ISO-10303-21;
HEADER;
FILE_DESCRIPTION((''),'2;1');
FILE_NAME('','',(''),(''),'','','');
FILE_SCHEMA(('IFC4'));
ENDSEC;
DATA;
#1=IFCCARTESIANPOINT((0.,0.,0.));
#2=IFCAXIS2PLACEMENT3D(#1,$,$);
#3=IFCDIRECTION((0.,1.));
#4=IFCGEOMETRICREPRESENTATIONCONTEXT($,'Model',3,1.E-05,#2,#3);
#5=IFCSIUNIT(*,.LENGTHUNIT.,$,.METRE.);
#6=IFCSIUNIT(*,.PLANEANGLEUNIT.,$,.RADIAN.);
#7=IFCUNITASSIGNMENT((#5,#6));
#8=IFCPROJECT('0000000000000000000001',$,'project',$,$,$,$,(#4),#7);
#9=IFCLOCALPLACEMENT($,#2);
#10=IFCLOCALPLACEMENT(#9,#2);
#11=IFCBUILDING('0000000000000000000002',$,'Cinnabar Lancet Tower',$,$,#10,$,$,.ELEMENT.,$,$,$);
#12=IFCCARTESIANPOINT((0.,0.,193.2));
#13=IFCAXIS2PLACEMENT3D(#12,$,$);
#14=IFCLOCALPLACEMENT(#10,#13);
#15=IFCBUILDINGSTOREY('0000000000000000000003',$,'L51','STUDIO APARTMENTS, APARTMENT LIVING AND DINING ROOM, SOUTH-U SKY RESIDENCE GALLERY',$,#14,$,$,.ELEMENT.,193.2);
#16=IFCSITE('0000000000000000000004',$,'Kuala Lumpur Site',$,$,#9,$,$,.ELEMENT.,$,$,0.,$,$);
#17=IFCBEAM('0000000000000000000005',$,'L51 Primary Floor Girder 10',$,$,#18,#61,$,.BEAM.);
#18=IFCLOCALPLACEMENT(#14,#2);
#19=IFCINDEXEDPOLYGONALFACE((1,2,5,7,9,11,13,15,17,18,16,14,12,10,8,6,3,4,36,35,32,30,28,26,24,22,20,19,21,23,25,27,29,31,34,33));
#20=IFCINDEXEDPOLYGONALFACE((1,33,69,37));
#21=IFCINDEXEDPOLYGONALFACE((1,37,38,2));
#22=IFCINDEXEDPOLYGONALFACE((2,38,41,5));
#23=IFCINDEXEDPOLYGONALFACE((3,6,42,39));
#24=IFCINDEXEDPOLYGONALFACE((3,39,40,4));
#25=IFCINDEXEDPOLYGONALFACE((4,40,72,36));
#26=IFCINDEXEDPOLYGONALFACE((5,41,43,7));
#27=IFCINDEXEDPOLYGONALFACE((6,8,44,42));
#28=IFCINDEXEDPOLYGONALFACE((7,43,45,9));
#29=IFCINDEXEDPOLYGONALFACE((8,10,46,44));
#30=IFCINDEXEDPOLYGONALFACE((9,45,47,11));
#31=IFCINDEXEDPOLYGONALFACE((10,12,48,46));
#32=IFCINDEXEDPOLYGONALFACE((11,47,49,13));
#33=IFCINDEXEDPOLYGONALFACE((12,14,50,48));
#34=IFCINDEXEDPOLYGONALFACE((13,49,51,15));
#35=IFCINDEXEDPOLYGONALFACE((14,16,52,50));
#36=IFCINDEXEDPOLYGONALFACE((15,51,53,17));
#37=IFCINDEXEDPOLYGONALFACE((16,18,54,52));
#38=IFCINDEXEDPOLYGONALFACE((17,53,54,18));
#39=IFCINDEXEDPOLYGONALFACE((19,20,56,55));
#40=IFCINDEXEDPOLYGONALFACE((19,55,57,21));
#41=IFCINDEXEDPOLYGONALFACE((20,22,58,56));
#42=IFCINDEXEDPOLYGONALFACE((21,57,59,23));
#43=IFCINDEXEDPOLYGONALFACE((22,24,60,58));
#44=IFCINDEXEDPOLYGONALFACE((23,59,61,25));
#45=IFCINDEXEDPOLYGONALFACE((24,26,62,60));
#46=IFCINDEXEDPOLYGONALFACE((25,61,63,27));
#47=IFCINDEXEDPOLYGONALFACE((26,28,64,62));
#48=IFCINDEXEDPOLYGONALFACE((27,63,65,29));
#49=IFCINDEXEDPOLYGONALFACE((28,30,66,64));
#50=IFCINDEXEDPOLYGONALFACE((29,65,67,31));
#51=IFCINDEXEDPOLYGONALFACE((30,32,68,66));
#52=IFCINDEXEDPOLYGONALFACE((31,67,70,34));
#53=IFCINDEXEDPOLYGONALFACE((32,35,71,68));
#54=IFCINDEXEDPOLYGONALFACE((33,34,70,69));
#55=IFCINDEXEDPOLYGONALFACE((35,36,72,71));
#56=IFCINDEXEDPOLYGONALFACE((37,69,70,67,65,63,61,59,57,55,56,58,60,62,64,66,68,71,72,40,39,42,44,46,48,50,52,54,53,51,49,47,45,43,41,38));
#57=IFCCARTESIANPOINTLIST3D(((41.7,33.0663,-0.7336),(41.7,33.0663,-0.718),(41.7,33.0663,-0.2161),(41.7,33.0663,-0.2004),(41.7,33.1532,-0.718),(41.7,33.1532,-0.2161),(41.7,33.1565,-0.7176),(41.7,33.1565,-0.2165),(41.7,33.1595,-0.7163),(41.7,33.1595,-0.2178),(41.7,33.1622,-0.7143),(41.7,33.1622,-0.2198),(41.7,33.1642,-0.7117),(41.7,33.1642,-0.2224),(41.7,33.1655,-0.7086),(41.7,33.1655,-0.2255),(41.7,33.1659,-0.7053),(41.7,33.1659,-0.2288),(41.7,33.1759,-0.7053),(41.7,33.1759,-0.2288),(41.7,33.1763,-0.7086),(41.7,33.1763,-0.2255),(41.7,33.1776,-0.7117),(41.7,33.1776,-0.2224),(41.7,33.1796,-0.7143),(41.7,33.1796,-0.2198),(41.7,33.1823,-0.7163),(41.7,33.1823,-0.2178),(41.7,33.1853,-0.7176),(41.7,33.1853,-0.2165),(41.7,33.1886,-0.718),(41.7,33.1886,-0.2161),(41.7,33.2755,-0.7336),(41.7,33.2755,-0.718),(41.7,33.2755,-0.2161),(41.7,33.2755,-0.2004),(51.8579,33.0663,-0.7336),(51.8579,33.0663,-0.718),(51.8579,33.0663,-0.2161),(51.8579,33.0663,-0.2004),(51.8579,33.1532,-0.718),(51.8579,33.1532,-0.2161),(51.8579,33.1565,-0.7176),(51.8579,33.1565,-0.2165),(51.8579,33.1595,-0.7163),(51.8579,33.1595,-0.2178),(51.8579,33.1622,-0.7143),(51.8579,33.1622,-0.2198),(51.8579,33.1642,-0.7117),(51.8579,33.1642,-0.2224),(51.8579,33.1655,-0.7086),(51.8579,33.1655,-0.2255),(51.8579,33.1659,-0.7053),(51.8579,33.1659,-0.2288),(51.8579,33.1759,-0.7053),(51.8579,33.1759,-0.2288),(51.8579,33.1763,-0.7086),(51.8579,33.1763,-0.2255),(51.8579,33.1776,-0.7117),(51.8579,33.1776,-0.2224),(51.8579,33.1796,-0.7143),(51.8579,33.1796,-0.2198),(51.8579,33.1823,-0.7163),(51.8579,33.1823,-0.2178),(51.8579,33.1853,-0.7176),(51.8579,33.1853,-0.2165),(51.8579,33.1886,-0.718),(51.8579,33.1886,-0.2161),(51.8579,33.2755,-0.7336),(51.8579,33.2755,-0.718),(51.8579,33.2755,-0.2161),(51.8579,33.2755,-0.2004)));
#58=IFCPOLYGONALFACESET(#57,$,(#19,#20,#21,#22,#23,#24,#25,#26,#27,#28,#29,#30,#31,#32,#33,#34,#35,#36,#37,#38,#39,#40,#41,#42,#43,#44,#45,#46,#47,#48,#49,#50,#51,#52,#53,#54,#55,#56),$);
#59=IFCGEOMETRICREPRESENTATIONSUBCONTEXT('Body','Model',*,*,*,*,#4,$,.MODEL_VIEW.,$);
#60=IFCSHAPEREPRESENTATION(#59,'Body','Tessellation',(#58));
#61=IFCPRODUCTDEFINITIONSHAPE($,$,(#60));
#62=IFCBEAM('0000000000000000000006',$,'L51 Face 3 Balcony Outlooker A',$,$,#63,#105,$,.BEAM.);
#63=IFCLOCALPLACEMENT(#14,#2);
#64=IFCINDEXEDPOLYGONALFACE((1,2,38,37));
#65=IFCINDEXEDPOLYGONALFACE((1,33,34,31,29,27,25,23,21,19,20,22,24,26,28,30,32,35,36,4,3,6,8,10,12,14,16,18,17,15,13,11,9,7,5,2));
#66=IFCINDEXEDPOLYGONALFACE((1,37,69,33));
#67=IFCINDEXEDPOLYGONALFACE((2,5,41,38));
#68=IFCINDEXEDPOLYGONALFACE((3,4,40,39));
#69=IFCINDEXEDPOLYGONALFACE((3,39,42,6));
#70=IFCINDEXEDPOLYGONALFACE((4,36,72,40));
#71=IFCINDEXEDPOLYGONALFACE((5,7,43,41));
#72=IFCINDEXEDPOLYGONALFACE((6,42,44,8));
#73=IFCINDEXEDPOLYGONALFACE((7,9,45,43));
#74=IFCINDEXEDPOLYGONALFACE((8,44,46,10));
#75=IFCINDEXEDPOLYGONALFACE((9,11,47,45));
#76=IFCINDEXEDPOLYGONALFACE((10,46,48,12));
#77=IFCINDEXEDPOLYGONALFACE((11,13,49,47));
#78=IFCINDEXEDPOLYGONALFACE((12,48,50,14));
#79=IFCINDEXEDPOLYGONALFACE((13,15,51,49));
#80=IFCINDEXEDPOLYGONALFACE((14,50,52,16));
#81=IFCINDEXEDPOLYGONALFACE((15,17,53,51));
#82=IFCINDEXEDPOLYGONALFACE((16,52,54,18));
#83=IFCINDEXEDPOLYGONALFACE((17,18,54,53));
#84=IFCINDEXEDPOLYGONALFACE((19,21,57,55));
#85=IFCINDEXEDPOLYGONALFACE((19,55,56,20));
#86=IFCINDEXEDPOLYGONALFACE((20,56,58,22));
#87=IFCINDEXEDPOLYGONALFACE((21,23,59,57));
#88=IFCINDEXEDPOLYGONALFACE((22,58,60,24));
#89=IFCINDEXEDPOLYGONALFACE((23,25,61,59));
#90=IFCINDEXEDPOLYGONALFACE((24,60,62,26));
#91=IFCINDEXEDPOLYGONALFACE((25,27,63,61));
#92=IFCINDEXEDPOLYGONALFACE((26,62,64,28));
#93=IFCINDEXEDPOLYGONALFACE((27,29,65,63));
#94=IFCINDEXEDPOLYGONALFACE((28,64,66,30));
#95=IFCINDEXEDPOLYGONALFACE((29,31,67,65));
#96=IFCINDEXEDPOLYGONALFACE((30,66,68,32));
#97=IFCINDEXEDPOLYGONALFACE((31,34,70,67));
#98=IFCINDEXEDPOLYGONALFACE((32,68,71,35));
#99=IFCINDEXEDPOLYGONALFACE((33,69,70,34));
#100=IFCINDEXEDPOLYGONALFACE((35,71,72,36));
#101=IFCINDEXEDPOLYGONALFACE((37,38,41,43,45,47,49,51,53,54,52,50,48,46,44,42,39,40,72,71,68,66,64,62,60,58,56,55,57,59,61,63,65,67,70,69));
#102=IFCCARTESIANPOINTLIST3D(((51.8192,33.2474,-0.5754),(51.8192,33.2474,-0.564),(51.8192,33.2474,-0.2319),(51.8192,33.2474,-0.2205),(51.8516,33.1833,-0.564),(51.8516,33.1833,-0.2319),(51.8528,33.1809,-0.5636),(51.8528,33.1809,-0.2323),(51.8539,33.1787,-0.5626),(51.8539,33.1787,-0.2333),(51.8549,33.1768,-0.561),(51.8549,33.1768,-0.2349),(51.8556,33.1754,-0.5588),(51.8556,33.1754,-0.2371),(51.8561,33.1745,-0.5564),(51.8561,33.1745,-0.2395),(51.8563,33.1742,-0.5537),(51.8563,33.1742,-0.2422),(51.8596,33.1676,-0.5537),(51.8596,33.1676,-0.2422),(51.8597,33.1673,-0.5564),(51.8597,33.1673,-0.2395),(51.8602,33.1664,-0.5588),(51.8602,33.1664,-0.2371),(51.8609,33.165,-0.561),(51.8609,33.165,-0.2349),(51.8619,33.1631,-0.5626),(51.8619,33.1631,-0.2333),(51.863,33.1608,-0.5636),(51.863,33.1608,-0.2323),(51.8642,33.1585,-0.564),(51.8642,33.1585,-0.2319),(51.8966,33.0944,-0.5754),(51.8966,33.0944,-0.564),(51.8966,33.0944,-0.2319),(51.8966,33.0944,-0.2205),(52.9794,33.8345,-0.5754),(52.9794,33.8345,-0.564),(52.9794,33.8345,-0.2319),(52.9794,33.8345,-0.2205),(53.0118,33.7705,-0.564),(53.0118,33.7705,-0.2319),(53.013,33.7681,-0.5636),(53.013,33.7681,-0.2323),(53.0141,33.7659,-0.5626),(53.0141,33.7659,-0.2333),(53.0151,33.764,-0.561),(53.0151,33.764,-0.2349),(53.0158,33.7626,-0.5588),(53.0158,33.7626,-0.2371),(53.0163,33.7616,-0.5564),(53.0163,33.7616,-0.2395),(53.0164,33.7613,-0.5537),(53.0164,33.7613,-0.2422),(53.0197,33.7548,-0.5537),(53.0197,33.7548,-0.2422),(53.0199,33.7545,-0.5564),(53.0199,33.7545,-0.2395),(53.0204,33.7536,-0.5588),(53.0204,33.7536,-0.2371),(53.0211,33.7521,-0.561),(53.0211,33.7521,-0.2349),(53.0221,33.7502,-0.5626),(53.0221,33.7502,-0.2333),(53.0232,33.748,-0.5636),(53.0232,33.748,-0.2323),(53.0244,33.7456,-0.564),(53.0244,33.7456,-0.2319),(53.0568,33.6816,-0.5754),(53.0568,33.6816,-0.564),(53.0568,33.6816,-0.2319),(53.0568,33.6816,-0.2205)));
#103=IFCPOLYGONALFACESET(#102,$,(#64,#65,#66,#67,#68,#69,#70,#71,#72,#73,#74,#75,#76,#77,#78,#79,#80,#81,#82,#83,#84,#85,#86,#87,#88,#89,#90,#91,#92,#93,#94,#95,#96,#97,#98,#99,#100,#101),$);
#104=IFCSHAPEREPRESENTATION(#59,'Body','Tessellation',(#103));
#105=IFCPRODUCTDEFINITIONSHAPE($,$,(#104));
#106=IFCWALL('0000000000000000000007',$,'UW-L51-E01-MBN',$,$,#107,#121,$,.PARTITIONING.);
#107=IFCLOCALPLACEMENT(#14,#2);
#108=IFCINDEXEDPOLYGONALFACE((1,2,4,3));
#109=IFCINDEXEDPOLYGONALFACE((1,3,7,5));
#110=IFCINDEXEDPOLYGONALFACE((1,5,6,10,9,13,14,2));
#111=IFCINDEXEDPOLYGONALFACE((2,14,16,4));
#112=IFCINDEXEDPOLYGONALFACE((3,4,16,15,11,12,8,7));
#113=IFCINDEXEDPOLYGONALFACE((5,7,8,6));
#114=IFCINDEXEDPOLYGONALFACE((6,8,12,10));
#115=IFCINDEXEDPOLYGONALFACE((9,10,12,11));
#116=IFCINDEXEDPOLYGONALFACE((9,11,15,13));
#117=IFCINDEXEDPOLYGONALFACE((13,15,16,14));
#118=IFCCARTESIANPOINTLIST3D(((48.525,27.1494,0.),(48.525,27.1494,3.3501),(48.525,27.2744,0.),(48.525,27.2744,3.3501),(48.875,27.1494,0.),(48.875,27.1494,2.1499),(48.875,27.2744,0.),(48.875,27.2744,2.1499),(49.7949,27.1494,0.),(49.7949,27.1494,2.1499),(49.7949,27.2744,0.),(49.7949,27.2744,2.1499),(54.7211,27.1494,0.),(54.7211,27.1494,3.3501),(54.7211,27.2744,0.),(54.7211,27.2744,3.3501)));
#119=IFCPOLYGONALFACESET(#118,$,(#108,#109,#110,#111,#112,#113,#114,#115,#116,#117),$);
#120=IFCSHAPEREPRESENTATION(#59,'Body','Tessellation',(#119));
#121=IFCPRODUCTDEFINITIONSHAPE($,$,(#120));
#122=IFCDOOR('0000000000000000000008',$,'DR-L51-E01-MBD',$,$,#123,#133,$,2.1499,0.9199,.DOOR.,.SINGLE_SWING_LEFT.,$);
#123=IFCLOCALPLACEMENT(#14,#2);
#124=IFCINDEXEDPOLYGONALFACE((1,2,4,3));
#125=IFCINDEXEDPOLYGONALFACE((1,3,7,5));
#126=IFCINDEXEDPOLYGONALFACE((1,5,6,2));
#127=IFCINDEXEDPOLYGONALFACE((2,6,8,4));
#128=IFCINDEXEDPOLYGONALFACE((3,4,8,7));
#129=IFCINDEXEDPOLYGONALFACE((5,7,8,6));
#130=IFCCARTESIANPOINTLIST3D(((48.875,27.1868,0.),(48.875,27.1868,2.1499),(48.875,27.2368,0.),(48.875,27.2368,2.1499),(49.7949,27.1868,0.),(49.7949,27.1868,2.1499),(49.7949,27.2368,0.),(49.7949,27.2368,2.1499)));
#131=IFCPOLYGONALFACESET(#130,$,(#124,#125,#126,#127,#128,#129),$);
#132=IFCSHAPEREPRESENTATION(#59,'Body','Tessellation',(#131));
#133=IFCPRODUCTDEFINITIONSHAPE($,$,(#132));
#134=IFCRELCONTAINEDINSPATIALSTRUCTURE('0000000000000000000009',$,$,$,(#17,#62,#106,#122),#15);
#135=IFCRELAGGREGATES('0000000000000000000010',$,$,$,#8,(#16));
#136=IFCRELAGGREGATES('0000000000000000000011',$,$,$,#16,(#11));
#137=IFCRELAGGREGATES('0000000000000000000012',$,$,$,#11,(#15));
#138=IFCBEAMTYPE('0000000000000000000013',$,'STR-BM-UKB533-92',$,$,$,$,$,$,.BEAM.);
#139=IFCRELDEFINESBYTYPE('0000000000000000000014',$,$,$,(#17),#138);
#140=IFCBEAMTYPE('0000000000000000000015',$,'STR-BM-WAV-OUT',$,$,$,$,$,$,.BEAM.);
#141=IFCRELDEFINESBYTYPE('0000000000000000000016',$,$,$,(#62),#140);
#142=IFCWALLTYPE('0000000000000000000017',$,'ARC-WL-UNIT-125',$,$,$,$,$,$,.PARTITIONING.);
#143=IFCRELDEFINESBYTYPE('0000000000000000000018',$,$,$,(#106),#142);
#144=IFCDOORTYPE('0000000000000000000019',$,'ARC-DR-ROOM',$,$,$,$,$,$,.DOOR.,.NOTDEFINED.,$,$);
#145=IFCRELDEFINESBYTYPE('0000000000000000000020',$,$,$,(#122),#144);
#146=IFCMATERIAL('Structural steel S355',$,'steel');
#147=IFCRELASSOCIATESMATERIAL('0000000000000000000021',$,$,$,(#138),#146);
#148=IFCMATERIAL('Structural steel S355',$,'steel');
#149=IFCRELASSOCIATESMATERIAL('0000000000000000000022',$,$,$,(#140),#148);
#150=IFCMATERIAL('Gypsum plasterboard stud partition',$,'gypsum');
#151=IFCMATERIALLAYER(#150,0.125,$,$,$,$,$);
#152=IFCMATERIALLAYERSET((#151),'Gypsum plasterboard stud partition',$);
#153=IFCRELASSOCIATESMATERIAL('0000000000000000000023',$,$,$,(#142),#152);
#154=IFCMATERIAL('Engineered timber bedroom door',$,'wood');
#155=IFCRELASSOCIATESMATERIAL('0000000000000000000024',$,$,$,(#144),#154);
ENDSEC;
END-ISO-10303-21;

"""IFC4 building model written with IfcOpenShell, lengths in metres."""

from ifc_helpers import new_model, si_unit, direction, frame, frame_2d, origin, origin_2d, place, context, subcontext, project, spatial, rectangle, i_section, extrude, material, layer, layer_set, material_profile, profile_set, type_object, element, fill, save


model = new_model("IFC4")

# Units and contexts
model_context = context("Model", 3, precision=1e-05, world=origin(), true_north=direction((0.0, 1.0)))
body_context = subcontext(model_context, "Body", "Model", "MODEL_VIEW")
ifc_project = project(units=[si_unit("LENGTHUNIT", "METRE"), si_unit("PLANEANGLEUNIT", "RADIAN")], contexts=[model_context])

# Site, building, storey
site_placement = place(None, origin())
site = spatial("IfcSite", under=ifc_project, at=site_placement, Name="Kuala Lumpur Site", CompositionType="ELEMENT", RefElevation=0.0)
building_placement = place(site_placement, origin())
building = spatial("IfcBuilding", under=site, at=building_placement, Name="Cinnabar Lancet Tower", CompositionType="ELEMENT")
storey_placement = place(building_placement, frame((0.0, 0.0, 193.2)))
storey = spatial("IfcBuildingStorey", under=building, at=storey_placement, Name="L51", Description="STUDIO APARTMENTS, APARTMENT LIVING AND DINING ROOM, SOUTH-U SKY RESIDENCE GALLERY", CompositionType="ELEMENT", Elevation=193.2)

# Beams
ifc_material_1 = material(Name="Structural steel S355", Category="steel")
ifc_material_profile_1 = material_profile(ifc_material_1, i_section(OverallWidth=0.2092, OverallDepth=0.5332, WebThickness=0.01, FlangeThickness=0.0156, FilletRadius=0.0127, at=origin_2d()), Name="UKB 533x210x92")
ifc_profile_set_1 = profile_set([ifc_material_profile_1], Name="Structural steel S355")
beam_type_1 = type_object("IfcBeamType", Name="STR-BM-UKB533-92", PredefinedType="BEAM", material=ifc_profile_set_1)
beam_1_placement = place(storey_placement, frame((51.8579, 33.1709, -0.467), z_axis=(-1.0, 0.0, 0.0), x_axis=(0.0, -1.0, 0.0)))
element("IfcBeam", 1, at=beam_1_placement, inside=storey, type_object=beam_type_1, Name="L51 Primary Floor Girder 10", PredefinedType="BEAM", context=body_context, shape_type="SweptSolid", body=[
    extrude(i_section(OverallWidth=0.2092, OverallDepth=0.5332, WebThickness=0.01, FlangeThickness=0.0156, FilletRadius=0.0127, at=origin_2d()), origin(), (0.0, 0.0, 1.0), 10.158),
])
ifc_material_2 = material(Name="Structural steel S355", Category="steel")
ifc_material_profile_2 = material_profile(ifc_material_2, i_section(OverallWidth=0.1714, OverallDepth=0.355, WebThickness=0.0073, FlangeThickness=0.0115, FilletRadius=0.0103, at=origin_2d()), Name="UKB 356x171x51")
ifc_profile_set_2 = profile_set([ifc_material_profile_2], Name="Structural steel S355")
beam_type_2 = type_object("IfcBeamType", Name="STR-BM-WAV-OUT", PredefinedType="BEAM", material=ifc_profile_set_2)
beam_2_placement = place(storey_placement, frame((51.8579, 33.1709, -0.3979), z_axis=(0.892239, 0.451564, 0.0), x_axis=(-0.451564, 0.892239, 0.0)))
element("IfcBeam", 2, at=beam_2_placement, inside=storey, type_object=beam_type_2, Name="L51 Face 3 Balcony Outlooker A", PredefinedType="BEAM", context=body_context, shape_type="SweptSolid", body=[
    extrude(i_section(OverallWidth=0.1714, OverallDepth=0.355, WebThickness=0.0073, FlangeThickness=0.0115, FilletRadius=0.0103, at=origin_2d()), origin(), (0.0, 0.0, 1.0), 1.3003),
])

# Wall, opening, door
ifc_material_3 = material(Name="Gypsum plasterboard stud partition", Category="gypsum")
ifc_layer_1 = layer(ifc_material_3, 0.125)
ifc_layer_set_1 = layer_set([ifc_layer_1], Name="Gypsum plasterboard stud partition")
wall_type_1 = type_object("IfcWallType", Name="ARC-WL-UNIT-125", PredefinedType="PARTITIONING", material=ifc_layer_set_1)
wall_1_placement = place(storey_placement, frame((48.5249, 27.2119, 0.0), z_axis=(0.0, 0.0, 1.0), x_axis=(1.0, 0.0, 0.0)))
wall_1 = element("IfcWall", 3, at=wall_1_placement, inside=storey, type_object=wall_type_1, Name="UW-L51-E01-MBN", PredefinedType="PARTITIONING", context=body_context, shape_type="SweptSolid", body=[
    extrude(rectangle(XDim=6.196, YDim=0.125, at=frame_2d((3.0981, 0.0))), origin(), (0.0, 0.0, 1.0), 3.3501),
])
opening_1_placement = place(wall_1_placement, frame((0.3501, 0.0, 0.0)))
opening_1 = element("IfcOpeningElement", 4, at=opening_1_placement, cuts=wall_1, PredefinedType="OPENING", context=body_context, shape_type="SweptSolid", body=[
    extrude(rectangle(XDim=0.9199, YDim=2.1499, at=frame_2d((0.46, 1.075))), frame((0.0, 0.0725, 0.0), z_axis=(0.0, -1.0, 0.0), x_axis=(1.0, 0.0, 0.0)), (0.0, 0.0, 1.0), 0.145),
])
ifc_material_4 = material(Name="Engineered timber bedroom door", Category="wood")
door_type_1 = type_object("IfcDoorType", Name="ARC-DR-ROOM", OperationType="NOTDEFINED", PredefinedType="DOOR", material=ifc_material_4)
door_1_placement = place(opening_1_placement, origin())
door_1 = element("IfcDoor", 5, at=door_1_placement, inside=storey, type_object=door_type_1, Name="DR-L51-E01-MBD", OperationType="SINGLE_SWING_LEFT", OverallHeight=2.1499, OverallWidth=0.9199, PredefinedType="DOOR", context=body_context, shape_type="SweptSolid", body=[
    extrude(rectangle(XDim=0.9199, YDim=2.1499, at=frame_2d((0.46, 1.075))), frame((0.0, 0.0249, 0.0), z_axis=(0.0, -1.0, 0.0), x_axis=(1.0, 0.0, 0.0)), (0.0, 0.0, 1.0), 0.05),
])
fill(opening_1, door_1)

save(model, "model.ifc")
